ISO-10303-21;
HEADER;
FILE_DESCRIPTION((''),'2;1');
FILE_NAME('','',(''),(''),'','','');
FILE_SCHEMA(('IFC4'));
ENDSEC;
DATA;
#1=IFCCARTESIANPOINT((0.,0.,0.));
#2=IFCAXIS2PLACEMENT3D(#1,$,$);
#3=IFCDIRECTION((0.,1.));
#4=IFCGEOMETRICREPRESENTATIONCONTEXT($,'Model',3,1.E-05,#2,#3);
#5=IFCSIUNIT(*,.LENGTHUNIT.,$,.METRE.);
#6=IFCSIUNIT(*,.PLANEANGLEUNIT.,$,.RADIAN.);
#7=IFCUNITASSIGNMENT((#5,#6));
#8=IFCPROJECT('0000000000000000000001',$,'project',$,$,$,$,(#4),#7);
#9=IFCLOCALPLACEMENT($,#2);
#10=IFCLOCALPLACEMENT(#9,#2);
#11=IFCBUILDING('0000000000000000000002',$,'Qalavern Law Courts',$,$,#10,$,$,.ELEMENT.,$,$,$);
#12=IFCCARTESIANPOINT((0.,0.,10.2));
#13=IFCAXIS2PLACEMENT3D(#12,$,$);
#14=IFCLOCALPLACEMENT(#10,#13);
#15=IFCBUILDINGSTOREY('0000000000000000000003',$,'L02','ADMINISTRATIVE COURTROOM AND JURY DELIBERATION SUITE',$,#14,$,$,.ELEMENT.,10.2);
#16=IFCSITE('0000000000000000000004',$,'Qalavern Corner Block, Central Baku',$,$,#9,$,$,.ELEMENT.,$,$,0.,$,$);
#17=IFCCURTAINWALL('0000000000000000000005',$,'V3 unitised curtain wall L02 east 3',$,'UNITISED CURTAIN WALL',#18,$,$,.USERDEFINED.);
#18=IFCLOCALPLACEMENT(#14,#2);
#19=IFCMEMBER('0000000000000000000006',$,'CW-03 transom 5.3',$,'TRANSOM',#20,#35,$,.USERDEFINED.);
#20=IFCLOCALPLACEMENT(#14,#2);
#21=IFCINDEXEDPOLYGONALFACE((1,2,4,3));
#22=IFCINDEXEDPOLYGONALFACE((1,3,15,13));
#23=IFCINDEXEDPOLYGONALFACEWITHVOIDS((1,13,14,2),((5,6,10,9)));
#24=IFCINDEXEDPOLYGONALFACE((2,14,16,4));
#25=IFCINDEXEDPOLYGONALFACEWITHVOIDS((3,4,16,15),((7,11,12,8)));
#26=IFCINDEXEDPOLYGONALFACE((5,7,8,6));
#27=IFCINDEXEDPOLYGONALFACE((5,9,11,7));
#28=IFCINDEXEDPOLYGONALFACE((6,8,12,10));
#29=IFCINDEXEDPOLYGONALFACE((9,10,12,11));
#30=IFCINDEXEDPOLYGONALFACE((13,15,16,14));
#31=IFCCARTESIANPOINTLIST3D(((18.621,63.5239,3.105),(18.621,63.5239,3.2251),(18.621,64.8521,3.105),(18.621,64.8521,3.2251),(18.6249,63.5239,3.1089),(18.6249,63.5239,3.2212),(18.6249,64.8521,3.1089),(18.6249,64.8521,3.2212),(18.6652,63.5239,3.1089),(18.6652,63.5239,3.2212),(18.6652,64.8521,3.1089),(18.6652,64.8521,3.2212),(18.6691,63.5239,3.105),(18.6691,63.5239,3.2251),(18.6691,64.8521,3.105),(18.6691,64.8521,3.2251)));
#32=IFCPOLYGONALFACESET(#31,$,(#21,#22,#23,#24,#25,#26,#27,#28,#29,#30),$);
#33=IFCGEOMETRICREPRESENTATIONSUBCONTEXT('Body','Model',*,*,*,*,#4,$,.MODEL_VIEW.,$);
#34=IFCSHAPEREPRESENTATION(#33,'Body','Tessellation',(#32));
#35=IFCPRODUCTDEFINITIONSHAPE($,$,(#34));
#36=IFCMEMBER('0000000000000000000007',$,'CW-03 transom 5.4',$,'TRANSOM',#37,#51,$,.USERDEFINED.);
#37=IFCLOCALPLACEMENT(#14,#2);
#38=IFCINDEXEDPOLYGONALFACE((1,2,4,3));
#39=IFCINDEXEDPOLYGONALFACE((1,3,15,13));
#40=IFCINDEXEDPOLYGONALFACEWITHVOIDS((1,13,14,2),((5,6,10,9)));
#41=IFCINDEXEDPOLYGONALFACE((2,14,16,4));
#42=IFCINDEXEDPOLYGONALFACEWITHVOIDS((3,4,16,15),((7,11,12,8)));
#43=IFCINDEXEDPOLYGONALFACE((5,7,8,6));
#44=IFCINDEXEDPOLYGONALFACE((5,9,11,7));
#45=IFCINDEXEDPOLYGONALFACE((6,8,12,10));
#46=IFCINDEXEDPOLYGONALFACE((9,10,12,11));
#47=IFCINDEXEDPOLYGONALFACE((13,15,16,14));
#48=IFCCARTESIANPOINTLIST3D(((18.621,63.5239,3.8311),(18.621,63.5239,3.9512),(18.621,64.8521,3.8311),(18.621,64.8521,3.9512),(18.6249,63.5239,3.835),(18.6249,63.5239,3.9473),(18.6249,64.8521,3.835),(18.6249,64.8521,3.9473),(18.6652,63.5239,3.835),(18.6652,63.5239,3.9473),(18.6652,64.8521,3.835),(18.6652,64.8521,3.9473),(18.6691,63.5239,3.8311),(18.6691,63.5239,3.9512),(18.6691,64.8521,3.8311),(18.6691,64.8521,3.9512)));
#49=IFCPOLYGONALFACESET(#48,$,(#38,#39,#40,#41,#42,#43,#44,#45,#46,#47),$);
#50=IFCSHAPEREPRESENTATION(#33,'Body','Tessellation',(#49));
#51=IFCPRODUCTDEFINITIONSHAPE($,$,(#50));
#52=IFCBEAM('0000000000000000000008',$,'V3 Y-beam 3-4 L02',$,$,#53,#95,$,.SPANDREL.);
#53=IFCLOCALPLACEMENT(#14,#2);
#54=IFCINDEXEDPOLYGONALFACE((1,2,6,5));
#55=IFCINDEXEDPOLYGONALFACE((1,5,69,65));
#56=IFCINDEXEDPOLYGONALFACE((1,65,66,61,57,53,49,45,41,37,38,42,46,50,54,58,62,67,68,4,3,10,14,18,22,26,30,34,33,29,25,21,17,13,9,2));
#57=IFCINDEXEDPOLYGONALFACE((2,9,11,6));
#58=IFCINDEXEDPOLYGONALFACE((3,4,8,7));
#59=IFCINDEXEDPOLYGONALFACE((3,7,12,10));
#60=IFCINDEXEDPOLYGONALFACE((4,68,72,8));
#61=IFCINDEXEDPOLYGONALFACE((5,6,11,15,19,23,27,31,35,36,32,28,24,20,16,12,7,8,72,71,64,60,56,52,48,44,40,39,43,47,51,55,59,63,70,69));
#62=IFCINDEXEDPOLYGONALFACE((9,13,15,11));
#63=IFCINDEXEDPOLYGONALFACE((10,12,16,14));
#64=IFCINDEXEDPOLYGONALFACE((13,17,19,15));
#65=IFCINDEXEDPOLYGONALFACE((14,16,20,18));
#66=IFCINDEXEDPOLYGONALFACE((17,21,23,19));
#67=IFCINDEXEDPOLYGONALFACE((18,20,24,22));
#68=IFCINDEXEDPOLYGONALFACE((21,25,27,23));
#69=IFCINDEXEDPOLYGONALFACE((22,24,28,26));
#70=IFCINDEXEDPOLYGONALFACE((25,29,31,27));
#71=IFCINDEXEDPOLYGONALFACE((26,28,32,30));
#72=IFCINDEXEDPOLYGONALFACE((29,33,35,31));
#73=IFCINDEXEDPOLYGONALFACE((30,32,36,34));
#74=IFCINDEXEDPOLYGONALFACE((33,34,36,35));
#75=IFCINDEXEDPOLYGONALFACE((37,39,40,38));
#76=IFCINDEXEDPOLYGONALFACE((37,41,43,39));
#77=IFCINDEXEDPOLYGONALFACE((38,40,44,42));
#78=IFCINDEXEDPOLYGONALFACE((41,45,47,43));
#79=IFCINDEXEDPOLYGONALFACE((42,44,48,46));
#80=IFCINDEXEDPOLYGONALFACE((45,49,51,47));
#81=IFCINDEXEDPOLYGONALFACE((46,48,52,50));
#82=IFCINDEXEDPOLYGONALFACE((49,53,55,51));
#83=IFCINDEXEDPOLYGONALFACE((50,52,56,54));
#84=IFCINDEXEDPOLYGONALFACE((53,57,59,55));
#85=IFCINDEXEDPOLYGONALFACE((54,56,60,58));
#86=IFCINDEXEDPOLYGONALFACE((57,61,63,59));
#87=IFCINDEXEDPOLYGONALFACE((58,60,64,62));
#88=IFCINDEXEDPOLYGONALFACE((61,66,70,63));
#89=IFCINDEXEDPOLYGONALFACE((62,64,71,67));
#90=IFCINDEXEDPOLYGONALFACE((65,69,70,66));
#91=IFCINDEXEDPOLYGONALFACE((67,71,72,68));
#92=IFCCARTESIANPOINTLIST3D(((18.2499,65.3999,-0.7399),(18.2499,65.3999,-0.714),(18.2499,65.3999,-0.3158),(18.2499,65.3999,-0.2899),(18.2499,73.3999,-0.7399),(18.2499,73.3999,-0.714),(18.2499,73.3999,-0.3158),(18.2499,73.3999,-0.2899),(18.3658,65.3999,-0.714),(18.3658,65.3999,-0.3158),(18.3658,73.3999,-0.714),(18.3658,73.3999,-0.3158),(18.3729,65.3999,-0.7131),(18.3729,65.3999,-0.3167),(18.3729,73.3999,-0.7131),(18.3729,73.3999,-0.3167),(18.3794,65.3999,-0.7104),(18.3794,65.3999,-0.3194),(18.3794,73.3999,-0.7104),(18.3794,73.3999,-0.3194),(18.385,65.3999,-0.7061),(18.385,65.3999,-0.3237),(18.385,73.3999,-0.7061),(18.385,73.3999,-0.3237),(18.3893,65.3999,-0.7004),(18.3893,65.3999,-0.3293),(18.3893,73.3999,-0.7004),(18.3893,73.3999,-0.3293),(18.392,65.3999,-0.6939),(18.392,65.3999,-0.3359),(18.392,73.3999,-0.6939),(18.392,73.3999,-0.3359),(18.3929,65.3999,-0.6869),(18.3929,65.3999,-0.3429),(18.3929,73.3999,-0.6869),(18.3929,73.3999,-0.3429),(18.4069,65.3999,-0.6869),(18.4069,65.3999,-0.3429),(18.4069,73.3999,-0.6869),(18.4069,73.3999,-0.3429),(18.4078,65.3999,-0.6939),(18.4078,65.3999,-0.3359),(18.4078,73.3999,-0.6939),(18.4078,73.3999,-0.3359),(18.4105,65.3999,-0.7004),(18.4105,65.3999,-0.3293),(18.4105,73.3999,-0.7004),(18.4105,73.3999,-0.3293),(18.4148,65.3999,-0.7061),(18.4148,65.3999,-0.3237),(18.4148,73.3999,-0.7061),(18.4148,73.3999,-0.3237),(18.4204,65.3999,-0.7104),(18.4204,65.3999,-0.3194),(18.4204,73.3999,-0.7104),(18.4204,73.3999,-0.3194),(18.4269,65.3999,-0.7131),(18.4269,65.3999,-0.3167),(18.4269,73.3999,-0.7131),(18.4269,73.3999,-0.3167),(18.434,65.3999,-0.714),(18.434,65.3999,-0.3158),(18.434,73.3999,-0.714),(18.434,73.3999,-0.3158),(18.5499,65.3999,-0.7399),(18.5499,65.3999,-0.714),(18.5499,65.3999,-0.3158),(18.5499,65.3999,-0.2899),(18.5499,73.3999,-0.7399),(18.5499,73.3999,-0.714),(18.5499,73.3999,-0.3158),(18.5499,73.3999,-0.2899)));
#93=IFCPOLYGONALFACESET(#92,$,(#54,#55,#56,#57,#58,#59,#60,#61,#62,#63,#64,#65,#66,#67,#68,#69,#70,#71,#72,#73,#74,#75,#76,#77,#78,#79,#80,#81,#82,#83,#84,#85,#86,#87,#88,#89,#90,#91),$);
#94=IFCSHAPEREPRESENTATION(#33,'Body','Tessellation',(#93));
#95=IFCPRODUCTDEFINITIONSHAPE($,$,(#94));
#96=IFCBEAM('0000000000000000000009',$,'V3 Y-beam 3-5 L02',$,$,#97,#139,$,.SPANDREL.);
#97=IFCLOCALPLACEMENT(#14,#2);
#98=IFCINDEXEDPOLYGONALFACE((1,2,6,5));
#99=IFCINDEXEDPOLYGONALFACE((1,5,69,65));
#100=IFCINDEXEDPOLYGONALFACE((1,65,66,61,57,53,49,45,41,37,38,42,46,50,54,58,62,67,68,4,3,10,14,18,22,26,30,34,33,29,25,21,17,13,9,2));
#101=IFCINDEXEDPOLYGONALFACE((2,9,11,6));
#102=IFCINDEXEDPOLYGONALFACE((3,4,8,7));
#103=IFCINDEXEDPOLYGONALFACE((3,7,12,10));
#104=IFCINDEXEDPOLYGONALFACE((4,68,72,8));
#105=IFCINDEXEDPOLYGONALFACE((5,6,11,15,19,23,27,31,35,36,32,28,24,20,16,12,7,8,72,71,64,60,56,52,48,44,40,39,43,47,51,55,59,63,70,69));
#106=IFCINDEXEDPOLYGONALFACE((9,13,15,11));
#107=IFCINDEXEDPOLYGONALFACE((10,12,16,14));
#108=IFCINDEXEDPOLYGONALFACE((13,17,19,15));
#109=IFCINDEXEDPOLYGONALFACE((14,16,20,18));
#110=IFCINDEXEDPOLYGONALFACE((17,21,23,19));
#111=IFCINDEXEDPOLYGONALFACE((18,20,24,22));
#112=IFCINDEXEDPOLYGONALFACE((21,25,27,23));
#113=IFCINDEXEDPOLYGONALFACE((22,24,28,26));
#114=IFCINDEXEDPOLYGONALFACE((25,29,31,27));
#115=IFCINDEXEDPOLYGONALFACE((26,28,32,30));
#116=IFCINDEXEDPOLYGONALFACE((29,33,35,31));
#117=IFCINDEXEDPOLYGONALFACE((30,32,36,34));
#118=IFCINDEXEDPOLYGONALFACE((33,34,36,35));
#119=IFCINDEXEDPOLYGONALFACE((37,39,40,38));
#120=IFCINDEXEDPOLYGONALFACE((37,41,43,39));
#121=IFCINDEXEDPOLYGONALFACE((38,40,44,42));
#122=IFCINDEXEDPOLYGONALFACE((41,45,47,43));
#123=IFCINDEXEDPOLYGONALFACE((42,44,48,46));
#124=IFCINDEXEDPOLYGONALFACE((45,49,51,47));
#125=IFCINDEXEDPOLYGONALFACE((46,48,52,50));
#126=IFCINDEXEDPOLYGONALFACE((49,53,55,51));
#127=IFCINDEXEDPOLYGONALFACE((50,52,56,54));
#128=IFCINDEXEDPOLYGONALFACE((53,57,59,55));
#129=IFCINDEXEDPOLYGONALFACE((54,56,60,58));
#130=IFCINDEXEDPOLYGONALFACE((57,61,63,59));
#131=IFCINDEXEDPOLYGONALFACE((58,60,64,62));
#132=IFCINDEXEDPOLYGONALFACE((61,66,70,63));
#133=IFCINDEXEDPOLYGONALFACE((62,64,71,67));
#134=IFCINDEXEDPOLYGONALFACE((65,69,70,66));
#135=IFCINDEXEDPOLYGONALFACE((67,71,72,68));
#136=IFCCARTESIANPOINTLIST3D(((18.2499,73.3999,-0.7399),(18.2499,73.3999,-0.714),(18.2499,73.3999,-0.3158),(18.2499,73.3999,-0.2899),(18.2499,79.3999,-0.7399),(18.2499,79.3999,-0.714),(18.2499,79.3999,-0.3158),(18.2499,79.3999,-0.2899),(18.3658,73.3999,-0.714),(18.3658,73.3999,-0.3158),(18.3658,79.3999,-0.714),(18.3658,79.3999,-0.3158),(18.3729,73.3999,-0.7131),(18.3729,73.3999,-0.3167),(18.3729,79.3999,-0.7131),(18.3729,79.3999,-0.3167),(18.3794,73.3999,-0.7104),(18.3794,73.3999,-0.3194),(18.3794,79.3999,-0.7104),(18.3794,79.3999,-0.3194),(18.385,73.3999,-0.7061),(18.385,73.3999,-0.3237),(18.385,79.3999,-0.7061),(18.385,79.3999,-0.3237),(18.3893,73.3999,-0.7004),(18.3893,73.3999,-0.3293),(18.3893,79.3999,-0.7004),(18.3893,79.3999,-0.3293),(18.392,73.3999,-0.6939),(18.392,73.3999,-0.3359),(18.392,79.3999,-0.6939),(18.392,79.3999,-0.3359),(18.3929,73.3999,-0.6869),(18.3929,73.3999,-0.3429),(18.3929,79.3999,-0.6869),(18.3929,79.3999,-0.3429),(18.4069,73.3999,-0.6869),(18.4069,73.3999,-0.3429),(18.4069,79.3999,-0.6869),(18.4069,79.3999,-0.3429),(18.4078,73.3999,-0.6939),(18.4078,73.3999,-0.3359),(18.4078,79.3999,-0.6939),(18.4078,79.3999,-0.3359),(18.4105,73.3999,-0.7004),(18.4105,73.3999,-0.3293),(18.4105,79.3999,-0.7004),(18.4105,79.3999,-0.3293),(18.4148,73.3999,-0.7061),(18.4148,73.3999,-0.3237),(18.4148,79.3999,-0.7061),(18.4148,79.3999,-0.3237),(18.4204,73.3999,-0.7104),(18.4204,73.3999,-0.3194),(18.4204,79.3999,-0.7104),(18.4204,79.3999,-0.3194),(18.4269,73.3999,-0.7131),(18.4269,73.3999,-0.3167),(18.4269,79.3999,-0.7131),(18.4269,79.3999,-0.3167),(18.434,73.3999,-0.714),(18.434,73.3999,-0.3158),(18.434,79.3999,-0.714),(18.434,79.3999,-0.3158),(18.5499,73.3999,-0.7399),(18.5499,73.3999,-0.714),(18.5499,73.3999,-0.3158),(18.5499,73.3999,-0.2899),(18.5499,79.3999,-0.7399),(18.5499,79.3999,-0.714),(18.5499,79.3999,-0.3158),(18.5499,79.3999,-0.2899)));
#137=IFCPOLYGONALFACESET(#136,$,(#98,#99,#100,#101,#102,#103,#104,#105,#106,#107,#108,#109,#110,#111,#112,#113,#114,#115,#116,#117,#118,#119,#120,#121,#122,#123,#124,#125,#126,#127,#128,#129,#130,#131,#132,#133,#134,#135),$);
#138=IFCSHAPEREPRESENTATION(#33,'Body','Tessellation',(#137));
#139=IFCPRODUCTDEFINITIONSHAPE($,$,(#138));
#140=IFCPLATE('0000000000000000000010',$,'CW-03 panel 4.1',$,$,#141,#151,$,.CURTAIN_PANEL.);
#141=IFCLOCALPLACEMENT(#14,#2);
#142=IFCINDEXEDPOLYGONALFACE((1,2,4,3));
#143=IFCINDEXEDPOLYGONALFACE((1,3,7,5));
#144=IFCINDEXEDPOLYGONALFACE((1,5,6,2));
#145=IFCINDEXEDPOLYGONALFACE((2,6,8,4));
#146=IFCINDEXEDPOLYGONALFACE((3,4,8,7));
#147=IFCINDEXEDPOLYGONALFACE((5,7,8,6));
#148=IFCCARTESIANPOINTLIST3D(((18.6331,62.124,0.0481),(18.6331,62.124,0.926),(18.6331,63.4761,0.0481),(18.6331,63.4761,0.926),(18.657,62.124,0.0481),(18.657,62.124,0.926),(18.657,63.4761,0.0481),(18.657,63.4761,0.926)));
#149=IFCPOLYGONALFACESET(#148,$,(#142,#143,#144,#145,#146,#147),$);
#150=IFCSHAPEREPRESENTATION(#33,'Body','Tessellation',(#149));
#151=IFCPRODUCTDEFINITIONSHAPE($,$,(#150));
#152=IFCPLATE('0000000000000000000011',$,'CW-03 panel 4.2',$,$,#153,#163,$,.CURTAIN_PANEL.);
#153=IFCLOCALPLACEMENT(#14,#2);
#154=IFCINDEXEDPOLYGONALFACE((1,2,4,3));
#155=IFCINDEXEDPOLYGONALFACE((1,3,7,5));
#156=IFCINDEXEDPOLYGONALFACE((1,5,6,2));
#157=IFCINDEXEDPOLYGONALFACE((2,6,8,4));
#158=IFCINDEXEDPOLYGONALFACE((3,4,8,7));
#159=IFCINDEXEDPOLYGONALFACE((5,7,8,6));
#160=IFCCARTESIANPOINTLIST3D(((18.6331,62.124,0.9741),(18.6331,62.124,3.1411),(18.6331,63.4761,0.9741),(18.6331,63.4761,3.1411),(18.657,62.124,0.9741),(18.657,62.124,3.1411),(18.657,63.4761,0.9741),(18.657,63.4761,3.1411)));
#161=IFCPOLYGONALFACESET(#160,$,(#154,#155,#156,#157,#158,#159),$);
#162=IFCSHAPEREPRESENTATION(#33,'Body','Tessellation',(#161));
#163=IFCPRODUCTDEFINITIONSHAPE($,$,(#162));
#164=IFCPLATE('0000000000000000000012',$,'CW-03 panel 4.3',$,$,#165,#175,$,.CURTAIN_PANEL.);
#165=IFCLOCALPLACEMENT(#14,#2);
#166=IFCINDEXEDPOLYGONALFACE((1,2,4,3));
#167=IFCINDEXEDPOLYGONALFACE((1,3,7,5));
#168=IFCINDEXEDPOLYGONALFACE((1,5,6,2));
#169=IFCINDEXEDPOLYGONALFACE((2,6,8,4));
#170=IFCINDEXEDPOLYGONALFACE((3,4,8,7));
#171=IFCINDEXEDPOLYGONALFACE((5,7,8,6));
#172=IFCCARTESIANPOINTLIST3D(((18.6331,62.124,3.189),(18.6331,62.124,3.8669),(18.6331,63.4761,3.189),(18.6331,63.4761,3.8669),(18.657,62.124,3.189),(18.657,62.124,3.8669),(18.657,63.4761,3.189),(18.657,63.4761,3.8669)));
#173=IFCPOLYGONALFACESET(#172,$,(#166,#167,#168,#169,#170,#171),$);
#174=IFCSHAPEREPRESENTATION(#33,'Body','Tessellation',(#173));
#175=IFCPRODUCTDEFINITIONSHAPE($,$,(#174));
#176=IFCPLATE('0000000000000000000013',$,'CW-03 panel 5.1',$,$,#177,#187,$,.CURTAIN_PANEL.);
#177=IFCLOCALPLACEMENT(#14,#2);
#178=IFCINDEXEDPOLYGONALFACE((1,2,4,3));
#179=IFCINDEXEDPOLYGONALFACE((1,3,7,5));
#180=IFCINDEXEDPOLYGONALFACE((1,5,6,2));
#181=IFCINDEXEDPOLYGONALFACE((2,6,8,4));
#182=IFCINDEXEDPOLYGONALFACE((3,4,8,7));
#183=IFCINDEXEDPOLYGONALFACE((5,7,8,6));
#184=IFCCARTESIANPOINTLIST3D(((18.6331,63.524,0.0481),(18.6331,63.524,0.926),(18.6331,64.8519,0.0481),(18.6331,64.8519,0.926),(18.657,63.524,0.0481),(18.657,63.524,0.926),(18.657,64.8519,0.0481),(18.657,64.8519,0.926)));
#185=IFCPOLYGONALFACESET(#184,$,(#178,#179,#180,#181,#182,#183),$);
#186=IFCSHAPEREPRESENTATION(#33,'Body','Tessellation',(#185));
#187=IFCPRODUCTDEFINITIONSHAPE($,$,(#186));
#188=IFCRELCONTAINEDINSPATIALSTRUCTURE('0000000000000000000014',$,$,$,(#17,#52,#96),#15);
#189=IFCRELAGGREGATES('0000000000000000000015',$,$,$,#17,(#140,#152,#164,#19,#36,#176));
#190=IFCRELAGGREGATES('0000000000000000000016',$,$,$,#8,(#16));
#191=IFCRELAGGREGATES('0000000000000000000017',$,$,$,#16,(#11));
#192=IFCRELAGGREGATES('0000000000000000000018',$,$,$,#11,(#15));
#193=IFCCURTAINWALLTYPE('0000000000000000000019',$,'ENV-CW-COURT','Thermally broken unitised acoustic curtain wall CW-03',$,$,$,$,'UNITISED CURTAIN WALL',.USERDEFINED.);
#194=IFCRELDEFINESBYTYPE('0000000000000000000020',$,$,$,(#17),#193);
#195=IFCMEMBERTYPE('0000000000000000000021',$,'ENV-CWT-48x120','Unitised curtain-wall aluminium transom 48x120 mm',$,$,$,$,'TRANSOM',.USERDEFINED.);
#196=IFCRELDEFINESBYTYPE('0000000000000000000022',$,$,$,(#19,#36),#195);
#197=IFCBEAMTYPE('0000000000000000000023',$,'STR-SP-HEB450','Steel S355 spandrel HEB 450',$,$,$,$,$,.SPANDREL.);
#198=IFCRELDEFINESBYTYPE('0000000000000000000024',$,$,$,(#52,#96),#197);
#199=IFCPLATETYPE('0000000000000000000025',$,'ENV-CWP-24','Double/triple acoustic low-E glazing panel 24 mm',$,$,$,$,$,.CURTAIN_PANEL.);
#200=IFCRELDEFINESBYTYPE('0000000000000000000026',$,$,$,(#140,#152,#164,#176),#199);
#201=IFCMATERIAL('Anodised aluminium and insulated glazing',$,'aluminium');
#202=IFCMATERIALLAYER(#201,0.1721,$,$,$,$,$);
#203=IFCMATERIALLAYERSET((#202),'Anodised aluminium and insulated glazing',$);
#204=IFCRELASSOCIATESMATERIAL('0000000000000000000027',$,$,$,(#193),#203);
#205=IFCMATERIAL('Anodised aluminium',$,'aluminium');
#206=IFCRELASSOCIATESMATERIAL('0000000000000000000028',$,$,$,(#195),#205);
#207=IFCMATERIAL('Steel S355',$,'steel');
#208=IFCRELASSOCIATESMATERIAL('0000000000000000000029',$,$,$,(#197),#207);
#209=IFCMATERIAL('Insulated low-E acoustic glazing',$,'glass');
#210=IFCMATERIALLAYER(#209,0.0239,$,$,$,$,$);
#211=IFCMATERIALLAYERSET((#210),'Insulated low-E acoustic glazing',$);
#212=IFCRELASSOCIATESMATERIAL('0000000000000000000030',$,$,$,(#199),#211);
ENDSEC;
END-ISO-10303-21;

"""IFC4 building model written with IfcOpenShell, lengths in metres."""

from ifc_helpers import new_model, si_unit, direction, frame, origin, origin_2d, place, context, subcontext, project, spatial, rectangle, hollow_rectangle, i_section, extrude, material, layer, layer_set, material_profile, profile_set, type_object, element, aggregate, save


model = new_model("IFC4")

# Units and contexts
model_context = context("Model", 3, precision=1e-05, world=origin(), true_north=direction((0.0, 1.0)))
body_context = subcontext(model_context, "Body", "Model", "MODEL_VIEW")
ifc_project = project(units=[si_unit("LENGTHUNIT", "METRE"), si_unit("PLANEANGLEUNIT", "RADIAN")], contexts=[model_context])

# Site, building, storey
site_placement = place(None, origin())
site = spatial("IfcSite", under=ifc_project, at=site_placement, Name="Qalavern Corner Block, Central Baku", CompositionType="ELEMENT", RefElevation=0.0)
building_placement = place(site_placement, origin())
building = spatial("IfcBuilding", under=site, at=building_placement, Name="Qalavern Law Courts", CompositionType="ELEMENT")
storey_placement = place(building_placement, frame((0.0, 0.0, 10.2)))
storey = spatial("IfcBuildingStorey", under=building, at=storey_placement, Name="L02", Description="ADMINISTRATIVE COURTROOM AND JURY DELIBERATION SUITE", CompositionType="ELEMENT", Elevation=10.2)

# Curtain wall, members
ifc_material_1 = material(Name="Anodised aluminium and insulated glazing", Category="aluminium")
ifc_layer_1 = layer(ifc_material_1, 0.1721)
ifc_layer_set_1 = layer_set([ifc_layer_1], Name="Anodised aluminium and insulated glazing")
curtain_wall_type = type_object("IfcCurtainWallType", Name="ENV-CW-COURT", Description="Thermally broken unitised acoustic curtain wall CW-03", ElementType="UNITISED CURTAIN WALL", PredefinedType="USERDEFINED", material=ifc_layer_set_1)
curtain_wall_placement = place(storey_placement, origin())
curtain_wall = element("IfcCurtainWall", 1, at=curtain_wall_placement, inside=storey, type_object=curtain_wall_type, Name="V3 unitised curtain wall L02 east 3", ObjectType="UNITISED CURTAIN WALL", PredefinedType="USERDEFINED")
ifc_material_2 = material(Name="Anodised aluminium", Category="aluminium")
ifc_material_profile_1 = material_profile(ifc_material_2, hollow_rectangle(XDim=0.0481, YDim=0.1201, WallThickness=0.0039, at=origin_2d()), Name="ALU TRANSOM 48x120")
ifc_profile_set_1 = profile_set([ifc_material_profile_1], Name="Anodised aluminium")
member_type_1 = type_object("IfcMemberType", Name="ENV-CWT-48x120", Description="Unitised curtain-wall aluminium transom 48x120 mm", ElementType="TRANSOM", PredefinedType="USERDEFINED", material=ifc_profile_set_1)
member_1_placement = place(storey_placement, frame((18.645, 63.5239, 3.165), z_axis=(0.0, 1.0, 0.0), x_axis=(-1.0, 0.0, 0.0)))
member_1 = element("IfcMember", 2, at=member_1_placement, type_object=member_type_1, Name="CW-03 transom 5.3", ObjectType="TRANSOM", PredefinedType="USERDEFINED", context=body_context, shape_type="SweptSolid", body=[
    extrude(hollow_rectangle(XDim=0.0481, YDim=0.1201, WallThickness=0.0039, at=origin_2d()), origin(), (0.0, 0.0, 1.0), 1.3281),
])
member_2_placement = place(storey_placement, frame((18.645, 63.5239, 3.8911), z_axis=(0.0, 1.0, 0.0), x_axis=(-1.0, 0.0, 0.0)))
member_2 = element("IfcMember", 3, at=member_2_placement, type_object=member_type_1, Name="CW-03 transom 5.4", ObjectType="TRANSOM", PredefinedType="USERDEFINED", context=body_context, shape_type="SweptSolid", body=[
    extrude(hollow_rectangle(XDim=0.0481, YDim=0.1201, WallThickness=0.0039, at=origin_2d()), origin(), (0.0, 0.0, 1.0), 1.3281),
])

# Beams
ifc_material_3 = material(Name="Steel S355", Category="steel")
ifc_material_profile_2 = material_profile(ifc_material_3, i_section(OverallWidth=0.3, OverallDepth=0.45, WebThickness=0.0139, FlangeThickness=0.0259, FilletRadius=0.0271, at=origin_2d()), Name="HEB 450")
ifc_profile_set_2 = profile_set([ifc_material_profile_2], Name="Steel S355")
beam_type = type_object("IfcBeamType", Name="STR-SP-HEB450", Description="Steel S355 spandrel HEB 450", PredefinedType="SPANDREL", material=ifc_profile_set_2)
beam_1_placement = place(storey_placement, frame((18.3999, 65.3999, -0.5149), z_axis=(0.0, 1.0, 0.0), x_axis=(-1.0, 0.0, 0.0)))
element("IfcBeam", 4, at=beam_1_placement, inside=storey, type_object=beam_type, Name="V3 Y-beam 3-4 L02", PredefinedType="SPANDREL", context=body_context, shape_type="SweptSolid", body=[
    extrude(i_section(OverallWidth=0.3, OverallDepth=0.45, WebThickness=0.0139, FlangeThickness=0.0259, FilletRadius=0.0271, at=origin_2d()), origin(), (0.0, 0.0, 1.0), 8.0),
])
beam_2_placement = place(storey_placement, frame((18.3999, 73.3999, -0.5149), z_axis=(0.0, 1.0, 0.0), x_axis=(-1.0, 0.0, 0.0)))
element("IfcBeam", 5, at=beam_2_placement, inside=storey, type_object=beam_type, Name="V3 Y-beam 3-5 L02", PredefinedType="SPANDREL", context=body_context, shape_type="SweptSolid", body=[
    extrude(i_section(OverallWidth=0.3, OverallDepth=0.45, WebThickness=0.0139, FlangeThickness=0.0259, FilletRadius=0.0271, at=origin_2d()), origin(), (0.0, 0.0, 1.0), 6.0),
])

# Plates
ifc_material_4 = material(Name="Insulated low-E acoustic glazing", Category="glass")
ifc_layer_2 = layer(ifc_material_4, 0.0239)
ifc_layer_set_2 = layer_set([ifc_layer_2], Name="Insulated low-E acoustic glazing")
plate_type = type_object("IfcPlateType", Name="ENV-CWP-24", Description="Double/triple acoustic low-E glazing panel 24 mm", PredefinedType="CURTAIN_PANEL", material=ifc_layer_set_2)
plate_1_placement = place(storey_placement, frame((18.645, 62.8, 0.0481), z_axis=(0.0, 0.0, 1.0), x_axis=(0.0, 1.0, 0.0)))
plate_1 = element("IfcPlate", 6, at=plate_1_placement, type_object=plate_type, Name="CW-03 panel 4.1", PredefinedType="CURTAIN_PANEL", context=body_context, shape_type="SweptSolid", body=[
    extrude(rectangle(XDim=1.3521, YDim=0.0239, at=origin_2d()), origin(), (0.0, 0.0, 1.0), 0.8779),
])
plate_2_placement = place(storey_placement, frame((18.645, 62.8, 0.9741), z_axis=(0.0, 0.0, 1.0), x_axis=(0.0, 1.0, 0.0)))
plate_2 = element("IfcPlate", 7, at=plate_2_placement, type_object=plate_type, Name="CW-03 panel 4.2", PredefinedType="CURTAIN_PANEL", context=body_context, shape_type="SweptSolid", body=[
    extrude(rectangle(XDim=1.3521, YDim=0.0239, at=origin_2d()), origin(), (0.0, 0.0, 1.0), 2.167),
])
plate_3_placement = place(storey_placement, frame((18.645, 62.8, 3.189), z_axis=(0.0, 0.0, 1.0), x_axis=(0.0, 1.0, 0.0)))
plate_3 = element("IfcPlate", 8, at=plate_3_placement, type_object=plate_type, Name="CW-03 panel 4.3", PredefinedType="CURTAIN_PANEL", context=body_context, shape_type="SweptSolid", body=[
    extrude(rectangle(XDim=1.3521, YDim=0.0239, at=origin_2d()), origin(), (0.0, 0.0, 1.0), 0.678),
])
plate_4_placement = place(storey_placement, frame((18.645, 64.188, 0.0481), z_axis=(0.0, 0.0, 1.0), x_axis=(0.0, 1.0, 0.0)))
plate_4 = element("IfcPlate", 9, at=plate_4_placement, type_object=plate_type, Name="CW-03 panel 5.1", PredefinedType="CURTAIN_PANEL", context=body_context, shape_type="SweptSolid", body=[
    extrude(rectangle(XDim=1.3279, YDim=0.0239, at=origin_2d()), origin(), (0.0, 0.0, 1.0), 0.8779),
])
aggregate(curtain_wall, [plate_1, plate_2, plate_3, member_1, member_2, plate_4])

save(model, "model.ifc")
